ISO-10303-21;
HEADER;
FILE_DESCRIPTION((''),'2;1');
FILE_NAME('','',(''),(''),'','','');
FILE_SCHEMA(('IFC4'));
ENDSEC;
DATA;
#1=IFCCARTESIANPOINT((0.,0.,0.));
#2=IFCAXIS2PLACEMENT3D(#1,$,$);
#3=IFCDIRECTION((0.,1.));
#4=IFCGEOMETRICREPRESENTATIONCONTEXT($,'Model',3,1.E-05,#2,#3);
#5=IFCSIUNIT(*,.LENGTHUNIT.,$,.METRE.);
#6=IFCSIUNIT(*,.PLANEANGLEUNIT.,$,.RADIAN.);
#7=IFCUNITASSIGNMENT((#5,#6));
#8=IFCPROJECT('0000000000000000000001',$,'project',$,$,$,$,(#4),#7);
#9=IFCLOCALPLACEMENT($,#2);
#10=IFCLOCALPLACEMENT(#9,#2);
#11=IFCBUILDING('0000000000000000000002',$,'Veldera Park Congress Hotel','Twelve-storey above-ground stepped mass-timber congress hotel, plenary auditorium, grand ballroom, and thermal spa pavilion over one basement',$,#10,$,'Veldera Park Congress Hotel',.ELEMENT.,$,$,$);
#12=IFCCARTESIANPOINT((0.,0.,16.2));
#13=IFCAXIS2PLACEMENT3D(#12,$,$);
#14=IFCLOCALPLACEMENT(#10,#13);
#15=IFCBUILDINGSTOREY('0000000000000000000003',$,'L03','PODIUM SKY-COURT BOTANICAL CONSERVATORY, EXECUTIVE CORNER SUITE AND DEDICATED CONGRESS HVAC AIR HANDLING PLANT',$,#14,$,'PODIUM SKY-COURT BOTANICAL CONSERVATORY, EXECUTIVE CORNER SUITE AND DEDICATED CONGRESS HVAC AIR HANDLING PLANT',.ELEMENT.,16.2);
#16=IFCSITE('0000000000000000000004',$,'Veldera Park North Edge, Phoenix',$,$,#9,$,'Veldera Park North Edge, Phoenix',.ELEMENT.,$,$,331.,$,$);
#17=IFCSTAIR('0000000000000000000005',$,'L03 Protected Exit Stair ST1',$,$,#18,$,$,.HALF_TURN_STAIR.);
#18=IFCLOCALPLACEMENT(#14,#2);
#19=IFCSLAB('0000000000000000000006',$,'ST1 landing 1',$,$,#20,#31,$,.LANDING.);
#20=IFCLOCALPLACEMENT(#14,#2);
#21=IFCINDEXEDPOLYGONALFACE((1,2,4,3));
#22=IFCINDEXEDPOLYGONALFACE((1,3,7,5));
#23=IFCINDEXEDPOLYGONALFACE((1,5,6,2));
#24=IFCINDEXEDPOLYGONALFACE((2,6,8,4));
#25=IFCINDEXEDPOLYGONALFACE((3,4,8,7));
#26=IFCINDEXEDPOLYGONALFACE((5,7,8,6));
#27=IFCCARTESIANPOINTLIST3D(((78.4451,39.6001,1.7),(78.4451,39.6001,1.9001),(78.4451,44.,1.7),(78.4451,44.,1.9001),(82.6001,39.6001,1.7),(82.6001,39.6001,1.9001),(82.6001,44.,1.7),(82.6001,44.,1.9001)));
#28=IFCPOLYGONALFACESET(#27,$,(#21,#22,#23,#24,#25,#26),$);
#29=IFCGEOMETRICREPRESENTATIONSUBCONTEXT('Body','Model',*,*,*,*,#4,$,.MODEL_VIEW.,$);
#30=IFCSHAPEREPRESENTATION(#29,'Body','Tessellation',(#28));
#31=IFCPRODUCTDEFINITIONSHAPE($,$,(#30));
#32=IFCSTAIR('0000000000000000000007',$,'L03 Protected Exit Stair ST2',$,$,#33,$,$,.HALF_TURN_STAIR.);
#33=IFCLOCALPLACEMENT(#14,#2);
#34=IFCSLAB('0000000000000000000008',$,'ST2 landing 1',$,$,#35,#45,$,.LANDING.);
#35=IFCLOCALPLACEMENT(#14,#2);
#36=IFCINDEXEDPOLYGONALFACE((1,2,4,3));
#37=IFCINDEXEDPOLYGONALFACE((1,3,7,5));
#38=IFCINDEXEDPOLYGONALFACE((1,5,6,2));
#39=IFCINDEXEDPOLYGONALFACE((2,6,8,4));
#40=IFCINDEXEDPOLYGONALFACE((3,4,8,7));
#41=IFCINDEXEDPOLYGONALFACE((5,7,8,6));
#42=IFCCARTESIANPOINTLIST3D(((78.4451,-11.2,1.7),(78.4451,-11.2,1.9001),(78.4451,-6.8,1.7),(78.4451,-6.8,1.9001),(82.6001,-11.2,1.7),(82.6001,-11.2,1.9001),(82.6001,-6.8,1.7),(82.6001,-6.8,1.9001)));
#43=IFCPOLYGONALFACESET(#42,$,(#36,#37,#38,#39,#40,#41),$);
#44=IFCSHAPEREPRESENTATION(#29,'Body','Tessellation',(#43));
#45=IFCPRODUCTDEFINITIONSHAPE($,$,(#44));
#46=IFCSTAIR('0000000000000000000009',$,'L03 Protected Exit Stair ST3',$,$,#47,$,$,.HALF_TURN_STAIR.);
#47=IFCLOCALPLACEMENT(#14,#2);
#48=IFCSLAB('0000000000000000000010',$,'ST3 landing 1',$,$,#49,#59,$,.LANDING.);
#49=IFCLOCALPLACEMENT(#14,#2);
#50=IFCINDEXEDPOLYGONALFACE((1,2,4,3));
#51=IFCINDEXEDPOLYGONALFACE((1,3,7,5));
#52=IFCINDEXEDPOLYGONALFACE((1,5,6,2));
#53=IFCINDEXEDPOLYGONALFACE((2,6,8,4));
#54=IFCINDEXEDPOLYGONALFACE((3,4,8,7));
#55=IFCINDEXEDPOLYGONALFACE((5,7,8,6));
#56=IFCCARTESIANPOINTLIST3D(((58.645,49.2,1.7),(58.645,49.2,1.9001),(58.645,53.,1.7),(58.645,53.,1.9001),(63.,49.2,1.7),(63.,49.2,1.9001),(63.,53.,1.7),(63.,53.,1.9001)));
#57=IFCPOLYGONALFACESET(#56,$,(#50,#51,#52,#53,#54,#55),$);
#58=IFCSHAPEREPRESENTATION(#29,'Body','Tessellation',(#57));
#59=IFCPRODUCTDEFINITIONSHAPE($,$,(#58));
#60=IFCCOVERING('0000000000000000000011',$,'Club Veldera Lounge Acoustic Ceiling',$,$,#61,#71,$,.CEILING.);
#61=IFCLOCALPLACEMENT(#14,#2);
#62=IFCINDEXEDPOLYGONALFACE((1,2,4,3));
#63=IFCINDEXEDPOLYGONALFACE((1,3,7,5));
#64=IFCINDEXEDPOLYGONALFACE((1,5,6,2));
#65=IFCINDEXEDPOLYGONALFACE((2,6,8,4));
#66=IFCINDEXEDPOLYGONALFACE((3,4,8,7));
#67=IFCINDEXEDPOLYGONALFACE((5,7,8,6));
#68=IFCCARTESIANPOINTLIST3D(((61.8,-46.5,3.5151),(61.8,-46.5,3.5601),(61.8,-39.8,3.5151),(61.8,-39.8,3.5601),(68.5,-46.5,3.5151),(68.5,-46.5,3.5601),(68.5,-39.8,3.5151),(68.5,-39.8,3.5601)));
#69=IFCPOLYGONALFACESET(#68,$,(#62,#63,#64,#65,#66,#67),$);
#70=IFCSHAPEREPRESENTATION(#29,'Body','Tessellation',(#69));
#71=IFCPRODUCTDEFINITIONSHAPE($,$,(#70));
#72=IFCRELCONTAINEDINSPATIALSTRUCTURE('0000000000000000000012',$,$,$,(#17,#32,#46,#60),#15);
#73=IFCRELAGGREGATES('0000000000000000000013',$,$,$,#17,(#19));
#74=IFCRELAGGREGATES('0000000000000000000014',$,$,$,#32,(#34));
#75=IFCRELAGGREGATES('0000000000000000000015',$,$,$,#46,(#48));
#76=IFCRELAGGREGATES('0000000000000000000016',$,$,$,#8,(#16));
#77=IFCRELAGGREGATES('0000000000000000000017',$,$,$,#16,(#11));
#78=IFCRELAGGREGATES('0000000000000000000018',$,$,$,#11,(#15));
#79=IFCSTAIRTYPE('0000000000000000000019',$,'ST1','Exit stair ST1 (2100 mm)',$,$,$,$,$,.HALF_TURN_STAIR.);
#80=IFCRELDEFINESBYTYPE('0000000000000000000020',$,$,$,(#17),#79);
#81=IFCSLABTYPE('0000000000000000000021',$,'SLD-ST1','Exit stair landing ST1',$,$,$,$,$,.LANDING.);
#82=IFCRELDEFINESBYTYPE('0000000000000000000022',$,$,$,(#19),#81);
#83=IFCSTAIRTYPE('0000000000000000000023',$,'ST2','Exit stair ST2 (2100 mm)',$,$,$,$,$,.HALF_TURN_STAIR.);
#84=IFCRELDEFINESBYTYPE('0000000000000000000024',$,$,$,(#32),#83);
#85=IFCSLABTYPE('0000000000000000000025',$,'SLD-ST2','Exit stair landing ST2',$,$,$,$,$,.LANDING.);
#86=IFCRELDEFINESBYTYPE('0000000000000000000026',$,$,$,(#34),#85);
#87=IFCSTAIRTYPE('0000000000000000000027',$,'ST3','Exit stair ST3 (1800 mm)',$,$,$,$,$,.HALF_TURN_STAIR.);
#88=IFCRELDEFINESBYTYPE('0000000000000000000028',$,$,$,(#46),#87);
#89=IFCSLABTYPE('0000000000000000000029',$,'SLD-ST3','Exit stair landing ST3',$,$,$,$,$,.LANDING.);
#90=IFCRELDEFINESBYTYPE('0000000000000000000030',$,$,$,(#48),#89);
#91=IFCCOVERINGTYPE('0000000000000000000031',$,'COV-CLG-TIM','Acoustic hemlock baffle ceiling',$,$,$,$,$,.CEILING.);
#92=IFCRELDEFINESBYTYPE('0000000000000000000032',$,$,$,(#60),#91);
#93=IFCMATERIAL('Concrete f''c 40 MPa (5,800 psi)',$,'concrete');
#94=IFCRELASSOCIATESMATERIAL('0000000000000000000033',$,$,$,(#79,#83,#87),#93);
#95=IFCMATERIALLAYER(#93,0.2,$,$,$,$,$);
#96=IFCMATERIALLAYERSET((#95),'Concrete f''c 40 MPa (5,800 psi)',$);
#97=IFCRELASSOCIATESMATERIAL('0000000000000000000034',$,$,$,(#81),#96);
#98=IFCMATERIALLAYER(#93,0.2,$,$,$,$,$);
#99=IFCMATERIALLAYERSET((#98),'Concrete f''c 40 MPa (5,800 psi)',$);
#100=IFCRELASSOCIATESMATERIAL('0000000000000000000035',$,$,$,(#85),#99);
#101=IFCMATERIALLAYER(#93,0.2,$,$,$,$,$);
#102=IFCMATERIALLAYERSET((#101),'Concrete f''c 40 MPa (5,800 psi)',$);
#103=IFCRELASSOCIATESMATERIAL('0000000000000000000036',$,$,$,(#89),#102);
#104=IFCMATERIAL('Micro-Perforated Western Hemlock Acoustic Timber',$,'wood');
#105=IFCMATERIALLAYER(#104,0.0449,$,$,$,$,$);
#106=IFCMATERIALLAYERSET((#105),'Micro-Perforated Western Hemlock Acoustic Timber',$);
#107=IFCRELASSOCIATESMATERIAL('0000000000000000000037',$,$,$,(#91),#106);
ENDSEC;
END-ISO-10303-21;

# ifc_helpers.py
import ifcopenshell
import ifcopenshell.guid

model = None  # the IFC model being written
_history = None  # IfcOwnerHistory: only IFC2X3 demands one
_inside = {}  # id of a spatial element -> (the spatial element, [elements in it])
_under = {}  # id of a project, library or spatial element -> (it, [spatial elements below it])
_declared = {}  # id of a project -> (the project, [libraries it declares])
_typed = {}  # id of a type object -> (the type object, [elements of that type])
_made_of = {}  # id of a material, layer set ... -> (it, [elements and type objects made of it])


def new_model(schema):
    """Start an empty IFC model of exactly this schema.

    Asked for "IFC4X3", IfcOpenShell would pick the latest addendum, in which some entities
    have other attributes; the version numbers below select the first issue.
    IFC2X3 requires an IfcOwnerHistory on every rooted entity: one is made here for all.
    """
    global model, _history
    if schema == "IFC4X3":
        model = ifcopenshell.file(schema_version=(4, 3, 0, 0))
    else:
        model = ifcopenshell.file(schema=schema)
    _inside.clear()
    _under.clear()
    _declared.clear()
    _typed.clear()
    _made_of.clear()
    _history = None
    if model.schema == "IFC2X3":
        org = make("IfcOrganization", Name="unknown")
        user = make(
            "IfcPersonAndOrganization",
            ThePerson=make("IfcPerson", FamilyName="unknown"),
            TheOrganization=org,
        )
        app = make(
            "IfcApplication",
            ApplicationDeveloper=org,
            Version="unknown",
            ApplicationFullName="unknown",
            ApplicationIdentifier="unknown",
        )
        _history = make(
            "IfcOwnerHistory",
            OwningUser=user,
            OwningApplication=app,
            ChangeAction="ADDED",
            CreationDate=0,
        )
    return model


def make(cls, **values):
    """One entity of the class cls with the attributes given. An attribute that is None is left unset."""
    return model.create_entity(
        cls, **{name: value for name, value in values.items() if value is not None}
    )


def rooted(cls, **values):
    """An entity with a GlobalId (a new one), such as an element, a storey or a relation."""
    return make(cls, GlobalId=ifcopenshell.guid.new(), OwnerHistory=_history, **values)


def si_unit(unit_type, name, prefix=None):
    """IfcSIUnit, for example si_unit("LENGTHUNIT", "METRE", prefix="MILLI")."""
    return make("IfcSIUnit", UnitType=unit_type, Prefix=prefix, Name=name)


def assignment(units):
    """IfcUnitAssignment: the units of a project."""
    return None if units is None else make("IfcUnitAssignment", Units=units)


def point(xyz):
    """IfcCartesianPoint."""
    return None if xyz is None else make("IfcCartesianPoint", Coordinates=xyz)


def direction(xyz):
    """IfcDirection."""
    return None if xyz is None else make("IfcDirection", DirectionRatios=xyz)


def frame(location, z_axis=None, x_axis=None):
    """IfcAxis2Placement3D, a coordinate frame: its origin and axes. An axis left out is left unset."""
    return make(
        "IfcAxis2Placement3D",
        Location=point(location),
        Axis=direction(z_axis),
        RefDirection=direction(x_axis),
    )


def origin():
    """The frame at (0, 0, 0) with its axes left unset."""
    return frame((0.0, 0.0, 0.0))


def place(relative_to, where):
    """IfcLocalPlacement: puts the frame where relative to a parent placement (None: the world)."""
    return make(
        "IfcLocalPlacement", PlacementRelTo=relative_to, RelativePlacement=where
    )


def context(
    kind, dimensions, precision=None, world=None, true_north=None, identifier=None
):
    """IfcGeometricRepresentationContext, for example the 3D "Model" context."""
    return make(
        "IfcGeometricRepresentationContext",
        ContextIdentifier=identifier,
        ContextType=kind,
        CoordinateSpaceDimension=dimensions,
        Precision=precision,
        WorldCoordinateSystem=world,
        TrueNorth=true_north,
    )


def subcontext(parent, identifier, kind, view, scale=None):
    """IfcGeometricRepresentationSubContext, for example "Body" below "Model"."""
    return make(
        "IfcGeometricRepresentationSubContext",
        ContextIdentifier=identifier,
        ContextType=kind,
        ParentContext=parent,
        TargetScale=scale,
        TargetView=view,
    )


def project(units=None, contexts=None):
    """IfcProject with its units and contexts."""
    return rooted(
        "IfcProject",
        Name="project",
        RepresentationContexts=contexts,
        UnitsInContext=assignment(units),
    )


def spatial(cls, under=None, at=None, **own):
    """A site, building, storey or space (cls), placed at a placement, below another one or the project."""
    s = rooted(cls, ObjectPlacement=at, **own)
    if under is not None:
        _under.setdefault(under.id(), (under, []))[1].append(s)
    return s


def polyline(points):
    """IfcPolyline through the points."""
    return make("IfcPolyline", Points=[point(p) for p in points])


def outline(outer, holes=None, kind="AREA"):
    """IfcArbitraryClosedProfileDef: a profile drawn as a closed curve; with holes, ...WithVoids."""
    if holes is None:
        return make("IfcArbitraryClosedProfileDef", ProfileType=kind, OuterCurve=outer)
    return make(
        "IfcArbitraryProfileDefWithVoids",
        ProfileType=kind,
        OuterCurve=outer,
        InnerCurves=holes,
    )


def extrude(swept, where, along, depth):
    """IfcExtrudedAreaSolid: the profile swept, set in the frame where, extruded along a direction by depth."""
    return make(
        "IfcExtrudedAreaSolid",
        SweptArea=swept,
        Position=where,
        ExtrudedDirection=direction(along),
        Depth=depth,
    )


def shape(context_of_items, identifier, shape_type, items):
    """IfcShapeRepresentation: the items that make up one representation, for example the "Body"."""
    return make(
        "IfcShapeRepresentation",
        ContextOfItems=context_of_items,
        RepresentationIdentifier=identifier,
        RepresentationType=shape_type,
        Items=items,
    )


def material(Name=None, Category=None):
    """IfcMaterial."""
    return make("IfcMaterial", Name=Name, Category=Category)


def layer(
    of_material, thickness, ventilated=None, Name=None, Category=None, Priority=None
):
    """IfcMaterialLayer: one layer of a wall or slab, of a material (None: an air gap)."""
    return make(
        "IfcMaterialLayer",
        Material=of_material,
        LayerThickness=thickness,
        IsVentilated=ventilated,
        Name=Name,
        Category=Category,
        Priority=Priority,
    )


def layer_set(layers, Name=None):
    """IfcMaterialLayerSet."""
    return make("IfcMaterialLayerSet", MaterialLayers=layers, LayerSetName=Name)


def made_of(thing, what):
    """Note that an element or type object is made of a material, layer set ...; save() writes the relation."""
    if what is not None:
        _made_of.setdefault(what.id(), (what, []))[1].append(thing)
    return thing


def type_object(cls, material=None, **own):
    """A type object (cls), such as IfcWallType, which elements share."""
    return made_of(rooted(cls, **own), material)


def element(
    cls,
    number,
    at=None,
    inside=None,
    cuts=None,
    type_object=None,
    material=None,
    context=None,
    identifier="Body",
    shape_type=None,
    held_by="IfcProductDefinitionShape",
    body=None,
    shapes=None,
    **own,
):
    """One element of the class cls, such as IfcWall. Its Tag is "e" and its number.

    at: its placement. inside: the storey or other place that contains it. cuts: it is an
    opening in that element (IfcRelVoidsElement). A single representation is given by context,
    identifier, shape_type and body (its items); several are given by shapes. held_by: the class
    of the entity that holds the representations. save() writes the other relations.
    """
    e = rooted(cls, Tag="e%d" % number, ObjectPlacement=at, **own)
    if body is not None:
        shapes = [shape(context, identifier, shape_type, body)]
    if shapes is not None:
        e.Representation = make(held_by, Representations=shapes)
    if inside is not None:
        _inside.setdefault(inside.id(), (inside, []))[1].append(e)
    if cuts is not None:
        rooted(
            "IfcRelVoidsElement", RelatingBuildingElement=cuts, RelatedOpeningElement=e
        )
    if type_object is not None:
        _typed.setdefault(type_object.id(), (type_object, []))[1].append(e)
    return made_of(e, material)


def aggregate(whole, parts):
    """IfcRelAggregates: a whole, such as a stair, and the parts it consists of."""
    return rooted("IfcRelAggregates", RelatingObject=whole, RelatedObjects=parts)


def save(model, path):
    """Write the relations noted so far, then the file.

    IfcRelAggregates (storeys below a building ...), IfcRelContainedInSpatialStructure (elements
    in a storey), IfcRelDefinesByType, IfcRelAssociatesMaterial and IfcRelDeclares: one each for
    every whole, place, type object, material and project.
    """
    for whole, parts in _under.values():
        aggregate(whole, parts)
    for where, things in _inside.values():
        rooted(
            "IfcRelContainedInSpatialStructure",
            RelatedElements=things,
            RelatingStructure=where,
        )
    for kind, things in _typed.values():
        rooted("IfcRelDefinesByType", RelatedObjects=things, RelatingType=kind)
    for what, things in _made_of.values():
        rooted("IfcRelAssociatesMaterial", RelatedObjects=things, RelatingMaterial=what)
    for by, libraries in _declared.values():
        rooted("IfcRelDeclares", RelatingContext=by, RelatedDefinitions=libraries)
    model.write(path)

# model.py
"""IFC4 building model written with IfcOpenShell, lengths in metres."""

from ifc_helpers import new_model, si_unit, direction, frame, origin, place, context, subcontext, project, spatial, polyline, outline, extrude, material, layer, layer_set, type_object, element, aggregate, save


model = new_model("IFC4")

# Units and contexts
model_context = context("Model", 3, precision=1e-05, world=origin(), true_north=direction((0.0, 1.0)))
body_context = subcontext(model_context, "Body", "Model", "MODEL_VIEW")
ifc_project = project(units=[si_unit("LENGTHUNIT", "METRE"), si_unit("PLANEANGLEUNIT", "RADIAN")], contexts=[model_context])

# Site, building, storey
site_placement = place(None, origin())
site = spatial("IfcSite", under=ifc_project, at=site_placement, Name="Veldera Park North Edge, Phoenix", LongName="Veldera Park North Edge, Phoenix", CompositionType="ELEMENT", RefElevation=331.0)
building_placement = place(site_placement, origin())
building = spatial("IfcBuilding", under=site, at=building_placement, Name="Veldera Park Congress Hotel", Description="Twelve-storey above-ground stepped mass-timber congress hotel, plenary auditorium, grand ballroom, and thermal spa pavilion over one basement", LongName="Veldera Park Congress Hotel", CompositionType="ELEMENT")
storey_placement = place(building_placement, frame((0.0, 0.0, 16.2)))
storey = spatial("IfcBuildingStorey", under=building, at=storey_placement, Name="L03", Description="PODIUM SKY-COURT BOTANICAL CONSERVATORY, EXECUTIVE CORNER SUITE AND DEDICATED CONGRESS HVAC AIR HANDLING PLANT", LongName="PODIUM SKY-COURT BOTANICAL CONSERVATORY, EXECUTIVE CORNER SUITE AND DEDICATED CONGRESS HVAC AIR HANDLING PLANT", CompositionType="ELEMENT", Elevation=16.2)

# Shared definitions
ifc_material_1 = material(Name="Concrete f'c 40 MPa (5,800 psi)", Category="concrete")

# Stairs, slabs
stair_type_1 = type_object("IfcStairType", Name="ST1", Description="Exit stair ST1 (2100 mm)", PredefinedType="HALF_TURN_STAIR", material=ifc_material_1)
stair_1_placement = place(storey_placement, origin())
stair_1 = element("IfcStair", 1, at=stair_1_placement, inside=storey, type_object=stair_type_1, Name="L03 Protected Exit Stair ST1", PredefinedType="HALF_TURN_STAIR")
ifc_layer_1 = layer(ifc_material_1, 0.2)
ifc_layer_set_1 = layer_set([ifc_layer_1], Name="Concrete f'c 40 MPa (5,800 psi)")
slab_type_1 = type_object("IfcSlabType", Name="SLD-ST1", Description="Exit stair landing ST1", PredefinedType="LANDING", material=ifc_layer_set_1)
slab_1_placement = place(storey_placement, frame((0.0, 0.0, 1.7)))
slab_1 = element("IfcSlab", 2, at=slab_1_placement, type_object=slab_type_1, Name="ST1 landing 1", PredefinedType="LANDING", context=body_context, shape_type="SweptSolid", body=[
    extrude(outline(polyline([(78.4451, 39.6001), (82.6001, 39.6001), (82.6001, 44.0), (78.4451, 44.0), (78.4451, 39.6001)])), origin(), (0.0, 0.0, 1.0), 0.2002),
])
aggregate(stair_1, [slab_1])
stair_type_2 = type_object("IfcStairType", Name="ST2", Description="Exit stair ST2 (2100 mm)", PredefinedType="HALF_TURN_STAIR", material=ifc_material_1)
stair_2_placement = place(storey_placement, origin())
stair_2 = element("IfcStair", 3, at=stair_2_placement, inside=storey, type_object=stair_type_2, Name="L03 Protected Exit Stair ST2", PredefinedType="HALF_TURN_STAIR")
ifc_layer_2 = layer(ifc_material_1, 0.2)
ifc_layer_set_2 = layer_set([ifc_layer_2], Name="Concrete f'c 40 MPa (5,800 psi)")
slab_type_2 = type_object("IfcSlabType", Name="SLD-ST2", Description="Exit stair landing ST2", PredefinedType="LANDING", material=ifc_layer_set_2)
slab_2_placement = place(storey_placement, frame((0.0, 0.0, 1.7)))
slab_2 = element("IfcSlab", 4, at=slab_2_placement, type_object=slab_type_2, Name="ST2 landing 1", PredefinedType="LANDING", context=body_context, shape_type="SweptSolid", body=[
    extrude(outline(polyline([(78.4451, -11.2), (82.6001, -11.2), (82.6001, -6.8), (78.4451, -6.8), (78.4451, -11.2)])), origin(), (0.0, 0.0, 1.0), 0.2002),
])
aggregate(stair_2, [slab_2])
stair_type_3 = type_object("IfcStairType", Name="ST3", Description="Exit stair ST3 (1800 mm)", PredefinedType="HALF_TURN_STAIR", material=ifc_material_1)
stair_3_placement = place(storey_placement, origin())
stair_3 = element("IfcStair", 5, at=stair_3_placement, inside=storey, type_object=stair_type_3, Name="L03 Protected Exit Stair ST3", PredefinedType="HALF_TURN_STAIR")
ifc_layer_3 = layer(ifc_material_1, 0.2)
ifc_layer_set_3 = layer_set([ifc_layer_3], Name="Concrete f'c 40 MPa (5,800 psi)")
slab_type_3 = type_object("IfcSlabType", Name="SLD-ST3", Description="Exit stair landing ST3", PredefinedType="LANDING", material=ifc_layer_set_3)
slab_3_placement = place(storey_placement, frame((0.0, 0.0, 1.7)))
slab_3 = element("IfcSlab", 6, at=slab_3_placement, type_object=slab_type_3, Name="ST3 landing 1", PredefinedType="LANDING", context=body_context, shape_type="SweptSolid", body=[
    extrude(outline(polyline([(58.645, 49.2), (63.0, 49.2), (63.0, 53.0), (58.645, 53.0), (58.645, 49.2)])), origin(), (0.0, 0.0, 1.0), 0.2002),
])
aggregate(stair_3, [slab_3])

# Covering
ifc_material_2 = material(Name="Micro-Perforated Western Hemlock Acoustic Timber", Category="wood")
ifc_layer_4 = layer(ifc_material_2, 0.0449)
ifc_layer_set_4 = layer_set([ifc_layer_4], Name="Micro-Perforated Western Hemlock Acoustic Timber")
covering_type = type_object("IfcCoveringType", Name="COV-CLG-TIM", Description="Acoustic hemlock baffle ceiling", PredefinedType="CEILING", material=ifc_layer_set_4)
covering_placement = place(storey_placement, frame((0.0, 0.0, 3.5151)))
element("IfcCovering", 7, at=covering_placement, inside=storey, type_object=covering_type, Name="Club Veldera Lounge Acoustic Ceiling", PredefinedType="CEILING", context=body_context, shape_type="SweptSolid", body=[
    extrude(outline(polyline([(61.8, -46.5), (68.5, -46.5), (68.5, -39.8), (61.8, -39.8), (61.8, -46.5)])), origin(), (0.0, 0.0, 1.0), 0.0449),
])

save(model, "model.ifc")
